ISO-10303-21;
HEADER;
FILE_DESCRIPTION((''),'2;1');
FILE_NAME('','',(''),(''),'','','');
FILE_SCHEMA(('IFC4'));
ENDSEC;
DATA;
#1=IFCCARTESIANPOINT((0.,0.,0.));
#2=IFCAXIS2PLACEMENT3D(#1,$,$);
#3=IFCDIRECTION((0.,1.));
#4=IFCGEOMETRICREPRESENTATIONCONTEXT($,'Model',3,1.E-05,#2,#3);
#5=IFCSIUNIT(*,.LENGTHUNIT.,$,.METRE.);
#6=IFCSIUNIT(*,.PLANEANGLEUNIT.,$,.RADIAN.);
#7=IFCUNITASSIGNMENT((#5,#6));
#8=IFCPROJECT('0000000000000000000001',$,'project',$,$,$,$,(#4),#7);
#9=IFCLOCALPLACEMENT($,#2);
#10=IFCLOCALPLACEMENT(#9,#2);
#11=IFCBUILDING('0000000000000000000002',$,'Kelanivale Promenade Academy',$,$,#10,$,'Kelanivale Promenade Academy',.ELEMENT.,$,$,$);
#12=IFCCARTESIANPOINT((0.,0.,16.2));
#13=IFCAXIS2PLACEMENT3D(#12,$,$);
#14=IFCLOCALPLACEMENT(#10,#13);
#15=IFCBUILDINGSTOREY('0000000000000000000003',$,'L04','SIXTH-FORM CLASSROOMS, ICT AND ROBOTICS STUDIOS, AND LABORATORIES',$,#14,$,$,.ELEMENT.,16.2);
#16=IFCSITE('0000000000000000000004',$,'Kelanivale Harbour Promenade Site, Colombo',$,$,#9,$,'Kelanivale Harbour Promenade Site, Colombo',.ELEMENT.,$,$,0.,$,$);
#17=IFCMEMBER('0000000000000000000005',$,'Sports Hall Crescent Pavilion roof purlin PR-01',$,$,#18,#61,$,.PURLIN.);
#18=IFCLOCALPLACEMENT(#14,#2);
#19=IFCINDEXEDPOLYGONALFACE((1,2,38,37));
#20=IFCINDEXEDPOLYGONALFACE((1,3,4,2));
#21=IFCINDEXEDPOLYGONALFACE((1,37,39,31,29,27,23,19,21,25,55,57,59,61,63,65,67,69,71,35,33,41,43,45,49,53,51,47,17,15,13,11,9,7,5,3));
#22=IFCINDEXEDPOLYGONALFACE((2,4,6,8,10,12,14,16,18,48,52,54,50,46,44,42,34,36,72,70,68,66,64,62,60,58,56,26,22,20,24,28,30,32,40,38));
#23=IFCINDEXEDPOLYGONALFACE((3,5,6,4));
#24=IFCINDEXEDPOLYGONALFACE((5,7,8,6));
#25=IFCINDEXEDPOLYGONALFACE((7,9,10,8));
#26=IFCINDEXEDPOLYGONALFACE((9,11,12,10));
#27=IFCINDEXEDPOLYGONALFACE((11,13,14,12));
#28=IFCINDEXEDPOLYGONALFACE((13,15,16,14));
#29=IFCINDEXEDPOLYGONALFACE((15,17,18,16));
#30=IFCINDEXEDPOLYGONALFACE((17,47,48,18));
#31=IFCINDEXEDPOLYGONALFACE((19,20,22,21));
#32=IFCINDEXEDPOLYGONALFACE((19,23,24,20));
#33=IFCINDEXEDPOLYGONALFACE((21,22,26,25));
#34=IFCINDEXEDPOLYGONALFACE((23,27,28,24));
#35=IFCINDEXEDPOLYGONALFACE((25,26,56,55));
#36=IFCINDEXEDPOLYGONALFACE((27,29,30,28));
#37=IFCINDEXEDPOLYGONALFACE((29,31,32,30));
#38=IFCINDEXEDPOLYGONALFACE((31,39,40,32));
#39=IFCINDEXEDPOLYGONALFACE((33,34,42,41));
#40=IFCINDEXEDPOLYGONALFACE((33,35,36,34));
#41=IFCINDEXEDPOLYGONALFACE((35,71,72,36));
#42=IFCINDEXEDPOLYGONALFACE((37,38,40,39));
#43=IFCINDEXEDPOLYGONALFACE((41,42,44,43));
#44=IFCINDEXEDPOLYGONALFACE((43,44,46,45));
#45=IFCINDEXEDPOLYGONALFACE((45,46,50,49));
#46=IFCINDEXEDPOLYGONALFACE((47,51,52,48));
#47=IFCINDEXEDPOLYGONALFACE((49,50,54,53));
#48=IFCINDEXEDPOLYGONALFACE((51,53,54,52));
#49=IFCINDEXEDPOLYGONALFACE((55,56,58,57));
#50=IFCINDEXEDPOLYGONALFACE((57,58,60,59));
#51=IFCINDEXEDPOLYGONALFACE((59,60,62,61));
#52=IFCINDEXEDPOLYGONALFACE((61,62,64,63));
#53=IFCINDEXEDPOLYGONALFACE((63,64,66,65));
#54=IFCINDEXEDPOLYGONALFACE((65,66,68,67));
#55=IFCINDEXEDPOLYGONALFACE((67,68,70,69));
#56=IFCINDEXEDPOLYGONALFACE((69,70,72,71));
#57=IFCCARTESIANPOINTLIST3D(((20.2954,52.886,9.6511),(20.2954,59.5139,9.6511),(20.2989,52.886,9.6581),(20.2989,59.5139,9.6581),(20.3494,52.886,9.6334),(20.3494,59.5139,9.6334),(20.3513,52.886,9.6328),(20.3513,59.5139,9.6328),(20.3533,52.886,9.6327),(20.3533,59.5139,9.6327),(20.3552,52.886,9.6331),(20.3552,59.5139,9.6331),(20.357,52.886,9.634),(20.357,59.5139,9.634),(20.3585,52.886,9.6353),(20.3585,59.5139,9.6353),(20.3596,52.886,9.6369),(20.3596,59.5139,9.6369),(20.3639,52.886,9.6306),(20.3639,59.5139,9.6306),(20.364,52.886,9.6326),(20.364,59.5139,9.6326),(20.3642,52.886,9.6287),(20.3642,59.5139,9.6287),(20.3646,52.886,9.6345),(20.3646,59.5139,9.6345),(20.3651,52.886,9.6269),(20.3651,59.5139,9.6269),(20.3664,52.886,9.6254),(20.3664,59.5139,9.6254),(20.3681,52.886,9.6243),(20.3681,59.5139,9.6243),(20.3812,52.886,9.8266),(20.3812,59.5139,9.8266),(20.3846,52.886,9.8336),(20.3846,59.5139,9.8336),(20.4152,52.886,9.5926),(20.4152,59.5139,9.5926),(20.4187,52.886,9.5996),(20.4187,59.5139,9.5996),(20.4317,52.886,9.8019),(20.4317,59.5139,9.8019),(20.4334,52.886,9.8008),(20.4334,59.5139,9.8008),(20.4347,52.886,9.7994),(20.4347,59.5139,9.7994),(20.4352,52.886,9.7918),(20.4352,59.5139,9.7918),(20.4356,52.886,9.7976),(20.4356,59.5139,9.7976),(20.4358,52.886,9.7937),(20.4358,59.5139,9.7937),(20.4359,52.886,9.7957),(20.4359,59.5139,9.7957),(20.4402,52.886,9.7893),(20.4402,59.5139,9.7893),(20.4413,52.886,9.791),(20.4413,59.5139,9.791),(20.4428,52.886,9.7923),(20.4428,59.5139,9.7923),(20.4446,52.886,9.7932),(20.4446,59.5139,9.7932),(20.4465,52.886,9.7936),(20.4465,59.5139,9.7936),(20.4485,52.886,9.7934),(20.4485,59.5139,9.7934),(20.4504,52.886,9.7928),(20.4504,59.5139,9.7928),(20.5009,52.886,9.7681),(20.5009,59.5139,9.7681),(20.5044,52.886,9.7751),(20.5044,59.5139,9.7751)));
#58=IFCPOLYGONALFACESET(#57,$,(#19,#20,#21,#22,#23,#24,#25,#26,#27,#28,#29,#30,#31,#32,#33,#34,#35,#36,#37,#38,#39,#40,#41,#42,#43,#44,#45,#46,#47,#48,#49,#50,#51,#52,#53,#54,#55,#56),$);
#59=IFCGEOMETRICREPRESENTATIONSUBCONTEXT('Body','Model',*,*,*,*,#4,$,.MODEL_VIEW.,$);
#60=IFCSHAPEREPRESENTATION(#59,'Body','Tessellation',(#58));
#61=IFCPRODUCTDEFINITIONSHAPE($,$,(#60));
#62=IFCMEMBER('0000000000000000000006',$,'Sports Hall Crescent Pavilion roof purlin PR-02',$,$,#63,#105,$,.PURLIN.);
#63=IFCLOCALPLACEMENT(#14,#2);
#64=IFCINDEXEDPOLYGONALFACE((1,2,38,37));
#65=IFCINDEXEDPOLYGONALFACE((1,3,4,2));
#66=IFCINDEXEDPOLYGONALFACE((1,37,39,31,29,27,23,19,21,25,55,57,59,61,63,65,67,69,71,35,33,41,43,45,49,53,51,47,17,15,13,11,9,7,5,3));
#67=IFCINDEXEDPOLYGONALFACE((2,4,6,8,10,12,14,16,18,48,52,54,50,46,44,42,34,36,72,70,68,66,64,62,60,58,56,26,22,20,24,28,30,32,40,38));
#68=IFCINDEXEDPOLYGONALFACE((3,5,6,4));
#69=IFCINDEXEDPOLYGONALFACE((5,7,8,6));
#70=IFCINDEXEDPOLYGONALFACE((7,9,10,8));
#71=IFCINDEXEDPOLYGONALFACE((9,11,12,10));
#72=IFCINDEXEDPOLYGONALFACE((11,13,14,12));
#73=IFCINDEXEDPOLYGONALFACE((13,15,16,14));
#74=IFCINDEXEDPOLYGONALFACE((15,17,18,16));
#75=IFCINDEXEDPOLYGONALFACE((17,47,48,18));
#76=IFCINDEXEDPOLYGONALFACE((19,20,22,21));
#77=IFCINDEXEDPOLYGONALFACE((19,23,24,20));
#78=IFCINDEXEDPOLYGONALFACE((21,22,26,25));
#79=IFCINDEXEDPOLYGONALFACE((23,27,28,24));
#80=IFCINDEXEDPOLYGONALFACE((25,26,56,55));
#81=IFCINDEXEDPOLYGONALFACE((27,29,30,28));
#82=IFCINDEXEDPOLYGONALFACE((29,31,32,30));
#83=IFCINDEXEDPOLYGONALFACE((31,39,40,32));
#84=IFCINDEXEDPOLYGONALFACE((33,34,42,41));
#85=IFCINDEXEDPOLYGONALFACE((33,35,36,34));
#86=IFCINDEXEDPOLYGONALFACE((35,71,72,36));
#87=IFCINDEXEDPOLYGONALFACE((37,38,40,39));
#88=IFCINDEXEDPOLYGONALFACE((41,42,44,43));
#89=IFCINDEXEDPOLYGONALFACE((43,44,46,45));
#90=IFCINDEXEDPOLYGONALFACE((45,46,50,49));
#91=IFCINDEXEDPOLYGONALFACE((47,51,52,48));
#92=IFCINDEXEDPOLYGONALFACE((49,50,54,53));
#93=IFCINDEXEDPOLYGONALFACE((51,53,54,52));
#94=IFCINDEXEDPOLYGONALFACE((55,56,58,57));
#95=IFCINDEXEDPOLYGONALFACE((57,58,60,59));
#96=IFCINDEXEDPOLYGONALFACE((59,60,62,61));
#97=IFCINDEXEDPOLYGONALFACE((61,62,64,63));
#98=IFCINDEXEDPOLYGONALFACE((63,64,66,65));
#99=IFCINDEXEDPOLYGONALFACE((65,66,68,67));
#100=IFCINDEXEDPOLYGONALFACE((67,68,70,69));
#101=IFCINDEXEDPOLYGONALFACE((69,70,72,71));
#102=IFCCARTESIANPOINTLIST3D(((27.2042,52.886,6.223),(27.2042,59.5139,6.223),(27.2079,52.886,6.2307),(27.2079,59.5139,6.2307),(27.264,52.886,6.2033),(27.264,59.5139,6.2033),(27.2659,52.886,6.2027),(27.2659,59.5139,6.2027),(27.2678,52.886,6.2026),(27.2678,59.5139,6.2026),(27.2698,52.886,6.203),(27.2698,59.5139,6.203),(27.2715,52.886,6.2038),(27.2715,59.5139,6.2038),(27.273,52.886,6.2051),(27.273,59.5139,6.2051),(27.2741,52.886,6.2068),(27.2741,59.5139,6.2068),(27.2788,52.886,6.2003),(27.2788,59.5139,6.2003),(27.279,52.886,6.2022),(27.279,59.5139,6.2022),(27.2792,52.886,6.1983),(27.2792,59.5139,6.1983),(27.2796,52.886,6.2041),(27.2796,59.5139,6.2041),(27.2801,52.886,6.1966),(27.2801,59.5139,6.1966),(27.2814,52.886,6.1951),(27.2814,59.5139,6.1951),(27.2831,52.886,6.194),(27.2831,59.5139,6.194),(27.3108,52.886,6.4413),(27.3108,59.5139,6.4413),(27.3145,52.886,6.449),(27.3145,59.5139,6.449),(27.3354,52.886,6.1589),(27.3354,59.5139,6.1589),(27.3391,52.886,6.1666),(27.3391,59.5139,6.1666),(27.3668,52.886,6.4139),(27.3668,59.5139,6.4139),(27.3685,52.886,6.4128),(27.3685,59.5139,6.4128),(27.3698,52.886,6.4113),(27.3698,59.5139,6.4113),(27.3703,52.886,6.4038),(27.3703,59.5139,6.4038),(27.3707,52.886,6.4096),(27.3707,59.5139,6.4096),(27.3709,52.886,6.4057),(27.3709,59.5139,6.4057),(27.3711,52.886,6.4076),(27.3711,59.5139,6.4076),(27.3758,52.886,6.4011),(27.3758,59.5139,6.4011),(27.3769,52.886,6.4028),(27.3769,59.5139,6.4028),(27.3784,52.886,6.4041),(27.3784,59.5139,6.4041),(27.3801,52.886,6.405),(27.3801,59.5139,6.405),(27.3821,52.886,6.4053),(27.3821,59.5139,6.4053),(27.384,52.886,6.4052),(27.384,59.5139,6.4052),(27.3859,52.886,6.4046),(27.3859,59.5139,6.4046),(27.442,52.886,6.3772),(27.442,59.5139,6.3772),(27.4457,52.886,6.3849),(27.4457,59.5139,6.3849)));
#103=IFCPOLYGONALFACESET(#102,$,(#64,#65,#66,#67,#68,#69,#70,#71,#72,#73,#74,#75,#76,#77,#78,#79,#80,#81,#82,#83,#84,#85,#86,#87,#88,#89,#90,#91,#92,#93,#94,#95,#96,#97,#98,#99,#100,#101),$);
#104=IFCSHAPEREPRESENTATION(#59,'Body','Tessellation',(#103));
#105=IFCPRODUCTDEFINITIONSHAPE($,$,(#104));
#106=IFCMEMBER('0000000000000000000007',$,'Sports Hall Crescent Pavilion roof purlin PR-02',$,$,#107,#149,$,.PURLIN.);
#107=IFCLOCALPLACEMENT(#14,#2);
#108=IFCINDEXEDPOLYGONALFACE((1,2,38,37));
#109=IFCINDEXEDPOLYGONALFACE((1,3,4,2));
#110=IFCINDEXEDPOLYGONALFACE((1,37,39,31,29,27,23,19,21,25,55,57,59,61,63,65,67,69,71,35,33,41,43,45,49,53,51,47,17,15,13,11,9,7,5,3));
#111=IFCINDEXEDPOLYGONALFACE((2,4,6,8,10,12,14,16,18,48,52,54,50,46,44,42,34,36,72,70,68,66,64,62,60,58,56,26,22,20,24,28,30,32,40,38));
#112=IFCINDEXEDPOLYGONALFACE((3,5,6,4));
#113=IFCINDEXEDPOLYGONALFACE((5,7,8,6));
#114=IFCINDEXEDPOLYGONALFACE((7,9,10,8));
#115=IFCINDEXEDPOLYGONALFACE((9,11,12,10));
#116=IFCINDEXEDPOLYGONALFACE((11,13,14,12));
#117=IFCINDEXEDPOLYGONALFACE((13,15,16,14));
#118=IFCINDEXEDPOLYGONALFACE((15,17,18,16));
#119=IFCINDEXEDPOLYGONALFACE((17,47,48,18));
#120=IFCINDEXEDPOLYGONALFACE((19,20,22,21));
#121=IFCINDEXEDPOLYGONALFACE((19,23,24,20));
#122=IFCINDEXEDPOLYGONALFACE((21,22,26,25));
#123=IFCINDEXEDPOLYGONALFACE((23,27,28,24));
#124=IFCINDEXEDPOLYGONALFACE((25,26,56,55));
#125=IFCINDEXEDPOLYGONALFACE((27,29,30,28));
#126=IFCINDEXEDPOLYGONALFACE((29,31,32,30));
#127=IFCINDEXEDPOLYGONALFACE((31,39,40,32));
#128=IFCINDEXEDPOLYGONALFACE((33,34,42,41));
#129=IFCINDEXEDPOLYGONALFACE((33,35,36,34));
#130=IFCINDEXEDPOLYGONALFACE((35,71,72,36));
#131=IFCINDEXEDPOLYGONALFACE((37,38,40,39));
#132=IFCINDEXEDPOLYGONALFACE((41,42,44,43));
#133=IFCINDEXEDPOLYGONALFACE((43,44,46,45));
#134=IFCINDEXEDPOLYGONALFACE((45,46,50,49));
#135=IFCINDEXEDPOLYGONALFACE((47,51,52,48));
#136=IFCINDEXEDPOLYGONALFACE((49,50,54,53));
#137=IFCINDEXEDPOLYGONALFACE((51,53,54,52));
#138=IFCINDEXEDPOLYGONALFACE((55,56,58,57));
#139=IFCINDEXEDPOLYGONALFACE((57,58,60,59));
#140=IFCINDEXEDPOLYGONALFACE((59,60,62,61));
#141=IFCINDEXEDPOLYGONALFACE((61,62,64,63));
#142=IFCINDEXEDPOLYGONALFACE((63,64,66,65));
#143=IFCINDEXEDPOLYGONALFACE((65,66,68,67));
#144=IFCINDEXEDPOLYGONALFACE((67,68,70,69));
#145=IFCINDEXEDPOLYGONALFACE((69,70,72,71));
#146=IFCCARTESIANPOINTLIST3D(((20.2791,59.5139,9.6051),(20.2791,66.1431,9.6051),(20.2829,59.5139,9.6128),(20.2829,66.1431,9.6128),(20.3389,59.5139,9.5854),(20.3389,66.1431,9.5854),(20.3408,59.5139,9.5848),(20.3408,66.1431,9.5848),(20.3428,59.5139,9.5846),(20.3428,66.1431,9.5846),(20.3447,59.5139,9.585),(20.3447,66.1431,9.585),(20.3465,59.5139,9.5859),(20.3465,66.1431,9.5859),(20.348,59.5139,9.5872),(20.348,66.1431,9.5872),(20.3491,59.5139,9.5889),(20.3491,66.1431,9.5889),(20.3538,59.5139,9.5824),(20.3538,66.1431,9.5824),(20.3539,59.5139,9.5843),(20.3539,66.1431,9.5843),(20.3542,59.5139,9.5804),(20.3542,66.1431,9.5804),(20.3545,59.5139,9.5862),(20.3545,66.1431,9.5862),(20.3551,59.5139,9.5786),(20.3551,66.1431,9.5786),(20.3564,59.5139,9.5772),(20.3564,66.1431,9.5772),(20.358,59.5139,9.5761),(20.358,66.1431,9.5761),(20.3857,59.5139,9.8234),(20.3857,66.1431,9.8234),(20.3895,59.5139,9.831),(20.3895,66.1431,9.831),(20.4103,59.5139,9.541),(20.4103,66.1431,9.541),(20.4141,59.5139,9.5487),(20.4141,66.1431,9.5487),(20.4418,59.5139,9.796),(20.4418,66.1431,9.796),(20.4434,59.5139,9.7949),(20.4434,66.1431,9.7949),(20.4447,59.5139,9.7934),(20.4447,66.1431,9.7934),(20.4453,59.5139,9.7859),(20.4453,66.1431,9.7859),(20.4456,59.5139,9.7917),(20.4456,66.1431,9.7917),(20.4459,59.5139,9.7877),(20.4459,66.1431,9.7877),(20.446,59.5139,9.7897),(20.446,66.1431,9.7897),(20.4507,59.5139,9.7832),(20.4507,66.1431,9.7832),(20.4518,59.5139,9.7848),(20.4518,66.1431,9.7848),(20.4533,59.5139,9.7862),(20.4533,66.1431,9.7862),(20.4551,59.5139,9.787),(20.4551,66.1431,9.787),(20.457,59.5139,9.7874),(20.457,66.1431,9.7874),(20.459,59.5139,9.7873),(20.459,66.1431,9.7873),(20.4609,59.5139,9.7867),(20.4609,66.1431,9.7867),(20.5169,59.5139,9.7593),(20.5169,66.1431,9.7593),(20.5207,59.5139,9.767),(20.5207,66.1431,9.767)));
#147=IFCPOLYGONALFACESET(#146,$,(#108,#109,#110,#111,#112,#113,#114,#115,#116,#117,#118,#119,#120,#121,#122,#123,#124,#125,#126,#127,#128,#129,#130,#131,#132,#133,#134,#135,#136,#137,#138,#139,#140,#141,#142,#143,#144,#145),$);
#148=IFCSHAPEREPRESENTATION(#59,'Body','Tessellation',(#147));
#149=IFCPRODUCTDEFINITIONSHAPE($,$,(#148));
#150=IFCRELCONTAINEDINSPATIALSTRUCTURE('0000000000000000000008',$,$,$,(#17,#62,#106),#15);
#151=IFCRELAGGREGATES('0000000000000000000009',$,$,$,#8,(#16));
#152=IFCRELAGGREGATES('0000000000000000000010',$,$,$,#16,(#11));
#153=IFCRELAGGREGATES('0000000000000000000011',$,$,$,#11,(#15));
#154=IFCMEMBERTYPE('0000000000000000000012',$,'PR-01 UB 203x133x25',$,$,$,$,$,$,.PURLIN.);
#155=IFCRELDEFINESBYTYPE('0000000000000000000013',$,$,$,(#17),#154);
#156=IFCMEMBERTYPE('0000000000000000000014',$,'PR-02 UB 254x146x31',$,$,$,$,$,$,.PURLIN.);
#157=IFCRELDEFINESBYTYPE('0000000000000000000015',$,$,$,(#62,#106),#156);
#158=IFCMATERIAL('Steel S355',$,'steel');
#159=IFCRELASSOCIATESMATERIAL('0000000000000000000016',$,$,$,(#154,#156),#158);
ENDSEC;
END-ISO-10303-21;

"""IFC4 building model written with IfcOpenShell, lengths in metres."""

from ifc_helpers import new_model, si_unit, direction, frame, origin, origin_2d, place, context, subcontext, project, spatial, i_section, extrude, material, material_profile, profile_set, type_object, element, save


model = new_model("IFC4")

# Units and contexts
model_context = context("Model", 3, precision=1e-05, world=origin(), true_north=direction((0.0, 1.0)))
body_context = subcontext(model_context, "Body", "Model", "MODEL_VIEW")
ifc_project = project(units=[si_unit("LENGTHUNIT", "METRE"), si_unit("PLANEANGLEUNIT", "RADIAN")], contexts=[model_context])

# Site, building, storey
site_placement = place(None, origin())
site = spatial("IfcSite", under=ifc_project, at=site_placement, Name="Kelanivale Harbour Promenade Site, Colombo", LongName="Kelanivale Harbour Promenade Site, Colombo", CompositionType="ELEMENT", RefElevation=0.0)
building_placement = place(site_placement, origin())
building = spatial("IfcBuilding", under=site, at=building_placement, Name="Kelanivale Promenade Academy", LongName="Kelanivale Promenade Academy", CompositionType="ELEMENT")
storey_placement = place(building_placement, frame((0.0, 0.0, 16.2)))
storey = spatial("IfcBuildingStorey", under=building, at=storey_placement, Name="L04", Description="SIXTH-FORM CLASSROOMS, ICT AND ROBOTICS STUDIOS, AND LABORATORIES", CompositionType="ELEMENT", Elevation=16.2)

# Members
ifc_material = material(Name="Steel S355", Category="steel")
ifc_material_profile_1 = material_profile(ifc_material, i_section(OverallWidth=0.1333, OverallDepth=0.2031, WebThickness=0.0056, FlangeThickness=0.0078, FilletRadius=0.0076, at=origin_2d()), Name="UB 203x133x25")
ifc_profile_set_1 = profile_set([ifc_material_profile_1], Name="Steel S355")
member_type_1 = type_object("IfcMemberType", Name="PR-01 UB 203x133x25", PredefinedType="PURLIN", material=ifc_profile_set_1)
member_1_placement = place(storey_placement, frame((20.3999, 52.886, 9.7131), z_axis=(0.0, 1.0, 0.0), x_axis=(-0.898564, 0.0, 0.438842)))
element("IfcMember", 1, at=member_1_placement, inside=storey, type_object=member_type_1, Name="Sports Hall Crescent Pavilion roof purlin PR-01", PredefinedType="PURLIN", context=body_context, shape_type="SweptSolid", body=[
    extrude(i_section(OverallWidth=0.1333, OverallDepth=0.2031, WebThickness=0.0056, FlangeThickness=0.0078, FilletRadius=0.0076, at=origin_2d()), origin(), (0.0, 0.0, 1.0), 6.6279),
])
ifc_material_profile_2 = material_profile(ifc_material, i_section(OverallWidth=0.146, OverallDepth=0.2515, WebThickness=0.0061, FlangeThickness=0.0085, FilletRadius=0.0076, at=origin_2d()), Name="UB 254x146x31")
ifc_profile_set_2 = profile_set([ifc_material_profile_2], Name="Steel S355")
member_type_2 = type_object("IfcMemberType", Name="PR-02 UB 254x146x31", PredefinedType="PURLIN", material=ifc_profile_set_2)
member_2_placement = place(storey_placement, frame((27.325, 52.886, 6.304), z_axis=(0.0, 1.0, 0.0), x_axis=(-0.898564, 0.0, 0.438842)))
element("IfcMember", 2, at=member_2_placement, inside=storey, type_object=member_type_2, Name="Sports Hall Crescent Pavilion roof purlin PR-02", PredefinedType="PURLIN", context=body_context, shape_type="SweptSolid", body=[
    extrude(i_section(OverallWidth=0.146, OverallDepth=0.2515, WebThickness=0.0061, FlangeThickness=0.0085, FilletRadius=0.0076, at=origin_2d()), origin(), (0.0, 0.0, 1.0), 6.6279),
])
member_3_placement = place(storey_placement, frame((20.3999, 59.5139, 9.686), z_axis=(0.0, 1.0, 0.0), x_axis=(-0.898564, 0.0, 0.438842)))
element("IfcMember", 3, at=member_3_placement, inside=storey, type_object=member_type_2, Name="Sports Hall Crescent Pavilion roof purlin PR-02", PredefinedType="PURLIN", context=body_context, shape_type="SweptSolid", body=[
    extrude(i_section(OverallWidth=0.146, OverallDepth=0.2515, WebThickness=0.0061, FlangeThickness=0.0085, FilletRadius=0.0076, at=origin_2d()), origin(), (0.0, 0.0, 1.0), 6.6292),
])

save(model, "model.ifc")
